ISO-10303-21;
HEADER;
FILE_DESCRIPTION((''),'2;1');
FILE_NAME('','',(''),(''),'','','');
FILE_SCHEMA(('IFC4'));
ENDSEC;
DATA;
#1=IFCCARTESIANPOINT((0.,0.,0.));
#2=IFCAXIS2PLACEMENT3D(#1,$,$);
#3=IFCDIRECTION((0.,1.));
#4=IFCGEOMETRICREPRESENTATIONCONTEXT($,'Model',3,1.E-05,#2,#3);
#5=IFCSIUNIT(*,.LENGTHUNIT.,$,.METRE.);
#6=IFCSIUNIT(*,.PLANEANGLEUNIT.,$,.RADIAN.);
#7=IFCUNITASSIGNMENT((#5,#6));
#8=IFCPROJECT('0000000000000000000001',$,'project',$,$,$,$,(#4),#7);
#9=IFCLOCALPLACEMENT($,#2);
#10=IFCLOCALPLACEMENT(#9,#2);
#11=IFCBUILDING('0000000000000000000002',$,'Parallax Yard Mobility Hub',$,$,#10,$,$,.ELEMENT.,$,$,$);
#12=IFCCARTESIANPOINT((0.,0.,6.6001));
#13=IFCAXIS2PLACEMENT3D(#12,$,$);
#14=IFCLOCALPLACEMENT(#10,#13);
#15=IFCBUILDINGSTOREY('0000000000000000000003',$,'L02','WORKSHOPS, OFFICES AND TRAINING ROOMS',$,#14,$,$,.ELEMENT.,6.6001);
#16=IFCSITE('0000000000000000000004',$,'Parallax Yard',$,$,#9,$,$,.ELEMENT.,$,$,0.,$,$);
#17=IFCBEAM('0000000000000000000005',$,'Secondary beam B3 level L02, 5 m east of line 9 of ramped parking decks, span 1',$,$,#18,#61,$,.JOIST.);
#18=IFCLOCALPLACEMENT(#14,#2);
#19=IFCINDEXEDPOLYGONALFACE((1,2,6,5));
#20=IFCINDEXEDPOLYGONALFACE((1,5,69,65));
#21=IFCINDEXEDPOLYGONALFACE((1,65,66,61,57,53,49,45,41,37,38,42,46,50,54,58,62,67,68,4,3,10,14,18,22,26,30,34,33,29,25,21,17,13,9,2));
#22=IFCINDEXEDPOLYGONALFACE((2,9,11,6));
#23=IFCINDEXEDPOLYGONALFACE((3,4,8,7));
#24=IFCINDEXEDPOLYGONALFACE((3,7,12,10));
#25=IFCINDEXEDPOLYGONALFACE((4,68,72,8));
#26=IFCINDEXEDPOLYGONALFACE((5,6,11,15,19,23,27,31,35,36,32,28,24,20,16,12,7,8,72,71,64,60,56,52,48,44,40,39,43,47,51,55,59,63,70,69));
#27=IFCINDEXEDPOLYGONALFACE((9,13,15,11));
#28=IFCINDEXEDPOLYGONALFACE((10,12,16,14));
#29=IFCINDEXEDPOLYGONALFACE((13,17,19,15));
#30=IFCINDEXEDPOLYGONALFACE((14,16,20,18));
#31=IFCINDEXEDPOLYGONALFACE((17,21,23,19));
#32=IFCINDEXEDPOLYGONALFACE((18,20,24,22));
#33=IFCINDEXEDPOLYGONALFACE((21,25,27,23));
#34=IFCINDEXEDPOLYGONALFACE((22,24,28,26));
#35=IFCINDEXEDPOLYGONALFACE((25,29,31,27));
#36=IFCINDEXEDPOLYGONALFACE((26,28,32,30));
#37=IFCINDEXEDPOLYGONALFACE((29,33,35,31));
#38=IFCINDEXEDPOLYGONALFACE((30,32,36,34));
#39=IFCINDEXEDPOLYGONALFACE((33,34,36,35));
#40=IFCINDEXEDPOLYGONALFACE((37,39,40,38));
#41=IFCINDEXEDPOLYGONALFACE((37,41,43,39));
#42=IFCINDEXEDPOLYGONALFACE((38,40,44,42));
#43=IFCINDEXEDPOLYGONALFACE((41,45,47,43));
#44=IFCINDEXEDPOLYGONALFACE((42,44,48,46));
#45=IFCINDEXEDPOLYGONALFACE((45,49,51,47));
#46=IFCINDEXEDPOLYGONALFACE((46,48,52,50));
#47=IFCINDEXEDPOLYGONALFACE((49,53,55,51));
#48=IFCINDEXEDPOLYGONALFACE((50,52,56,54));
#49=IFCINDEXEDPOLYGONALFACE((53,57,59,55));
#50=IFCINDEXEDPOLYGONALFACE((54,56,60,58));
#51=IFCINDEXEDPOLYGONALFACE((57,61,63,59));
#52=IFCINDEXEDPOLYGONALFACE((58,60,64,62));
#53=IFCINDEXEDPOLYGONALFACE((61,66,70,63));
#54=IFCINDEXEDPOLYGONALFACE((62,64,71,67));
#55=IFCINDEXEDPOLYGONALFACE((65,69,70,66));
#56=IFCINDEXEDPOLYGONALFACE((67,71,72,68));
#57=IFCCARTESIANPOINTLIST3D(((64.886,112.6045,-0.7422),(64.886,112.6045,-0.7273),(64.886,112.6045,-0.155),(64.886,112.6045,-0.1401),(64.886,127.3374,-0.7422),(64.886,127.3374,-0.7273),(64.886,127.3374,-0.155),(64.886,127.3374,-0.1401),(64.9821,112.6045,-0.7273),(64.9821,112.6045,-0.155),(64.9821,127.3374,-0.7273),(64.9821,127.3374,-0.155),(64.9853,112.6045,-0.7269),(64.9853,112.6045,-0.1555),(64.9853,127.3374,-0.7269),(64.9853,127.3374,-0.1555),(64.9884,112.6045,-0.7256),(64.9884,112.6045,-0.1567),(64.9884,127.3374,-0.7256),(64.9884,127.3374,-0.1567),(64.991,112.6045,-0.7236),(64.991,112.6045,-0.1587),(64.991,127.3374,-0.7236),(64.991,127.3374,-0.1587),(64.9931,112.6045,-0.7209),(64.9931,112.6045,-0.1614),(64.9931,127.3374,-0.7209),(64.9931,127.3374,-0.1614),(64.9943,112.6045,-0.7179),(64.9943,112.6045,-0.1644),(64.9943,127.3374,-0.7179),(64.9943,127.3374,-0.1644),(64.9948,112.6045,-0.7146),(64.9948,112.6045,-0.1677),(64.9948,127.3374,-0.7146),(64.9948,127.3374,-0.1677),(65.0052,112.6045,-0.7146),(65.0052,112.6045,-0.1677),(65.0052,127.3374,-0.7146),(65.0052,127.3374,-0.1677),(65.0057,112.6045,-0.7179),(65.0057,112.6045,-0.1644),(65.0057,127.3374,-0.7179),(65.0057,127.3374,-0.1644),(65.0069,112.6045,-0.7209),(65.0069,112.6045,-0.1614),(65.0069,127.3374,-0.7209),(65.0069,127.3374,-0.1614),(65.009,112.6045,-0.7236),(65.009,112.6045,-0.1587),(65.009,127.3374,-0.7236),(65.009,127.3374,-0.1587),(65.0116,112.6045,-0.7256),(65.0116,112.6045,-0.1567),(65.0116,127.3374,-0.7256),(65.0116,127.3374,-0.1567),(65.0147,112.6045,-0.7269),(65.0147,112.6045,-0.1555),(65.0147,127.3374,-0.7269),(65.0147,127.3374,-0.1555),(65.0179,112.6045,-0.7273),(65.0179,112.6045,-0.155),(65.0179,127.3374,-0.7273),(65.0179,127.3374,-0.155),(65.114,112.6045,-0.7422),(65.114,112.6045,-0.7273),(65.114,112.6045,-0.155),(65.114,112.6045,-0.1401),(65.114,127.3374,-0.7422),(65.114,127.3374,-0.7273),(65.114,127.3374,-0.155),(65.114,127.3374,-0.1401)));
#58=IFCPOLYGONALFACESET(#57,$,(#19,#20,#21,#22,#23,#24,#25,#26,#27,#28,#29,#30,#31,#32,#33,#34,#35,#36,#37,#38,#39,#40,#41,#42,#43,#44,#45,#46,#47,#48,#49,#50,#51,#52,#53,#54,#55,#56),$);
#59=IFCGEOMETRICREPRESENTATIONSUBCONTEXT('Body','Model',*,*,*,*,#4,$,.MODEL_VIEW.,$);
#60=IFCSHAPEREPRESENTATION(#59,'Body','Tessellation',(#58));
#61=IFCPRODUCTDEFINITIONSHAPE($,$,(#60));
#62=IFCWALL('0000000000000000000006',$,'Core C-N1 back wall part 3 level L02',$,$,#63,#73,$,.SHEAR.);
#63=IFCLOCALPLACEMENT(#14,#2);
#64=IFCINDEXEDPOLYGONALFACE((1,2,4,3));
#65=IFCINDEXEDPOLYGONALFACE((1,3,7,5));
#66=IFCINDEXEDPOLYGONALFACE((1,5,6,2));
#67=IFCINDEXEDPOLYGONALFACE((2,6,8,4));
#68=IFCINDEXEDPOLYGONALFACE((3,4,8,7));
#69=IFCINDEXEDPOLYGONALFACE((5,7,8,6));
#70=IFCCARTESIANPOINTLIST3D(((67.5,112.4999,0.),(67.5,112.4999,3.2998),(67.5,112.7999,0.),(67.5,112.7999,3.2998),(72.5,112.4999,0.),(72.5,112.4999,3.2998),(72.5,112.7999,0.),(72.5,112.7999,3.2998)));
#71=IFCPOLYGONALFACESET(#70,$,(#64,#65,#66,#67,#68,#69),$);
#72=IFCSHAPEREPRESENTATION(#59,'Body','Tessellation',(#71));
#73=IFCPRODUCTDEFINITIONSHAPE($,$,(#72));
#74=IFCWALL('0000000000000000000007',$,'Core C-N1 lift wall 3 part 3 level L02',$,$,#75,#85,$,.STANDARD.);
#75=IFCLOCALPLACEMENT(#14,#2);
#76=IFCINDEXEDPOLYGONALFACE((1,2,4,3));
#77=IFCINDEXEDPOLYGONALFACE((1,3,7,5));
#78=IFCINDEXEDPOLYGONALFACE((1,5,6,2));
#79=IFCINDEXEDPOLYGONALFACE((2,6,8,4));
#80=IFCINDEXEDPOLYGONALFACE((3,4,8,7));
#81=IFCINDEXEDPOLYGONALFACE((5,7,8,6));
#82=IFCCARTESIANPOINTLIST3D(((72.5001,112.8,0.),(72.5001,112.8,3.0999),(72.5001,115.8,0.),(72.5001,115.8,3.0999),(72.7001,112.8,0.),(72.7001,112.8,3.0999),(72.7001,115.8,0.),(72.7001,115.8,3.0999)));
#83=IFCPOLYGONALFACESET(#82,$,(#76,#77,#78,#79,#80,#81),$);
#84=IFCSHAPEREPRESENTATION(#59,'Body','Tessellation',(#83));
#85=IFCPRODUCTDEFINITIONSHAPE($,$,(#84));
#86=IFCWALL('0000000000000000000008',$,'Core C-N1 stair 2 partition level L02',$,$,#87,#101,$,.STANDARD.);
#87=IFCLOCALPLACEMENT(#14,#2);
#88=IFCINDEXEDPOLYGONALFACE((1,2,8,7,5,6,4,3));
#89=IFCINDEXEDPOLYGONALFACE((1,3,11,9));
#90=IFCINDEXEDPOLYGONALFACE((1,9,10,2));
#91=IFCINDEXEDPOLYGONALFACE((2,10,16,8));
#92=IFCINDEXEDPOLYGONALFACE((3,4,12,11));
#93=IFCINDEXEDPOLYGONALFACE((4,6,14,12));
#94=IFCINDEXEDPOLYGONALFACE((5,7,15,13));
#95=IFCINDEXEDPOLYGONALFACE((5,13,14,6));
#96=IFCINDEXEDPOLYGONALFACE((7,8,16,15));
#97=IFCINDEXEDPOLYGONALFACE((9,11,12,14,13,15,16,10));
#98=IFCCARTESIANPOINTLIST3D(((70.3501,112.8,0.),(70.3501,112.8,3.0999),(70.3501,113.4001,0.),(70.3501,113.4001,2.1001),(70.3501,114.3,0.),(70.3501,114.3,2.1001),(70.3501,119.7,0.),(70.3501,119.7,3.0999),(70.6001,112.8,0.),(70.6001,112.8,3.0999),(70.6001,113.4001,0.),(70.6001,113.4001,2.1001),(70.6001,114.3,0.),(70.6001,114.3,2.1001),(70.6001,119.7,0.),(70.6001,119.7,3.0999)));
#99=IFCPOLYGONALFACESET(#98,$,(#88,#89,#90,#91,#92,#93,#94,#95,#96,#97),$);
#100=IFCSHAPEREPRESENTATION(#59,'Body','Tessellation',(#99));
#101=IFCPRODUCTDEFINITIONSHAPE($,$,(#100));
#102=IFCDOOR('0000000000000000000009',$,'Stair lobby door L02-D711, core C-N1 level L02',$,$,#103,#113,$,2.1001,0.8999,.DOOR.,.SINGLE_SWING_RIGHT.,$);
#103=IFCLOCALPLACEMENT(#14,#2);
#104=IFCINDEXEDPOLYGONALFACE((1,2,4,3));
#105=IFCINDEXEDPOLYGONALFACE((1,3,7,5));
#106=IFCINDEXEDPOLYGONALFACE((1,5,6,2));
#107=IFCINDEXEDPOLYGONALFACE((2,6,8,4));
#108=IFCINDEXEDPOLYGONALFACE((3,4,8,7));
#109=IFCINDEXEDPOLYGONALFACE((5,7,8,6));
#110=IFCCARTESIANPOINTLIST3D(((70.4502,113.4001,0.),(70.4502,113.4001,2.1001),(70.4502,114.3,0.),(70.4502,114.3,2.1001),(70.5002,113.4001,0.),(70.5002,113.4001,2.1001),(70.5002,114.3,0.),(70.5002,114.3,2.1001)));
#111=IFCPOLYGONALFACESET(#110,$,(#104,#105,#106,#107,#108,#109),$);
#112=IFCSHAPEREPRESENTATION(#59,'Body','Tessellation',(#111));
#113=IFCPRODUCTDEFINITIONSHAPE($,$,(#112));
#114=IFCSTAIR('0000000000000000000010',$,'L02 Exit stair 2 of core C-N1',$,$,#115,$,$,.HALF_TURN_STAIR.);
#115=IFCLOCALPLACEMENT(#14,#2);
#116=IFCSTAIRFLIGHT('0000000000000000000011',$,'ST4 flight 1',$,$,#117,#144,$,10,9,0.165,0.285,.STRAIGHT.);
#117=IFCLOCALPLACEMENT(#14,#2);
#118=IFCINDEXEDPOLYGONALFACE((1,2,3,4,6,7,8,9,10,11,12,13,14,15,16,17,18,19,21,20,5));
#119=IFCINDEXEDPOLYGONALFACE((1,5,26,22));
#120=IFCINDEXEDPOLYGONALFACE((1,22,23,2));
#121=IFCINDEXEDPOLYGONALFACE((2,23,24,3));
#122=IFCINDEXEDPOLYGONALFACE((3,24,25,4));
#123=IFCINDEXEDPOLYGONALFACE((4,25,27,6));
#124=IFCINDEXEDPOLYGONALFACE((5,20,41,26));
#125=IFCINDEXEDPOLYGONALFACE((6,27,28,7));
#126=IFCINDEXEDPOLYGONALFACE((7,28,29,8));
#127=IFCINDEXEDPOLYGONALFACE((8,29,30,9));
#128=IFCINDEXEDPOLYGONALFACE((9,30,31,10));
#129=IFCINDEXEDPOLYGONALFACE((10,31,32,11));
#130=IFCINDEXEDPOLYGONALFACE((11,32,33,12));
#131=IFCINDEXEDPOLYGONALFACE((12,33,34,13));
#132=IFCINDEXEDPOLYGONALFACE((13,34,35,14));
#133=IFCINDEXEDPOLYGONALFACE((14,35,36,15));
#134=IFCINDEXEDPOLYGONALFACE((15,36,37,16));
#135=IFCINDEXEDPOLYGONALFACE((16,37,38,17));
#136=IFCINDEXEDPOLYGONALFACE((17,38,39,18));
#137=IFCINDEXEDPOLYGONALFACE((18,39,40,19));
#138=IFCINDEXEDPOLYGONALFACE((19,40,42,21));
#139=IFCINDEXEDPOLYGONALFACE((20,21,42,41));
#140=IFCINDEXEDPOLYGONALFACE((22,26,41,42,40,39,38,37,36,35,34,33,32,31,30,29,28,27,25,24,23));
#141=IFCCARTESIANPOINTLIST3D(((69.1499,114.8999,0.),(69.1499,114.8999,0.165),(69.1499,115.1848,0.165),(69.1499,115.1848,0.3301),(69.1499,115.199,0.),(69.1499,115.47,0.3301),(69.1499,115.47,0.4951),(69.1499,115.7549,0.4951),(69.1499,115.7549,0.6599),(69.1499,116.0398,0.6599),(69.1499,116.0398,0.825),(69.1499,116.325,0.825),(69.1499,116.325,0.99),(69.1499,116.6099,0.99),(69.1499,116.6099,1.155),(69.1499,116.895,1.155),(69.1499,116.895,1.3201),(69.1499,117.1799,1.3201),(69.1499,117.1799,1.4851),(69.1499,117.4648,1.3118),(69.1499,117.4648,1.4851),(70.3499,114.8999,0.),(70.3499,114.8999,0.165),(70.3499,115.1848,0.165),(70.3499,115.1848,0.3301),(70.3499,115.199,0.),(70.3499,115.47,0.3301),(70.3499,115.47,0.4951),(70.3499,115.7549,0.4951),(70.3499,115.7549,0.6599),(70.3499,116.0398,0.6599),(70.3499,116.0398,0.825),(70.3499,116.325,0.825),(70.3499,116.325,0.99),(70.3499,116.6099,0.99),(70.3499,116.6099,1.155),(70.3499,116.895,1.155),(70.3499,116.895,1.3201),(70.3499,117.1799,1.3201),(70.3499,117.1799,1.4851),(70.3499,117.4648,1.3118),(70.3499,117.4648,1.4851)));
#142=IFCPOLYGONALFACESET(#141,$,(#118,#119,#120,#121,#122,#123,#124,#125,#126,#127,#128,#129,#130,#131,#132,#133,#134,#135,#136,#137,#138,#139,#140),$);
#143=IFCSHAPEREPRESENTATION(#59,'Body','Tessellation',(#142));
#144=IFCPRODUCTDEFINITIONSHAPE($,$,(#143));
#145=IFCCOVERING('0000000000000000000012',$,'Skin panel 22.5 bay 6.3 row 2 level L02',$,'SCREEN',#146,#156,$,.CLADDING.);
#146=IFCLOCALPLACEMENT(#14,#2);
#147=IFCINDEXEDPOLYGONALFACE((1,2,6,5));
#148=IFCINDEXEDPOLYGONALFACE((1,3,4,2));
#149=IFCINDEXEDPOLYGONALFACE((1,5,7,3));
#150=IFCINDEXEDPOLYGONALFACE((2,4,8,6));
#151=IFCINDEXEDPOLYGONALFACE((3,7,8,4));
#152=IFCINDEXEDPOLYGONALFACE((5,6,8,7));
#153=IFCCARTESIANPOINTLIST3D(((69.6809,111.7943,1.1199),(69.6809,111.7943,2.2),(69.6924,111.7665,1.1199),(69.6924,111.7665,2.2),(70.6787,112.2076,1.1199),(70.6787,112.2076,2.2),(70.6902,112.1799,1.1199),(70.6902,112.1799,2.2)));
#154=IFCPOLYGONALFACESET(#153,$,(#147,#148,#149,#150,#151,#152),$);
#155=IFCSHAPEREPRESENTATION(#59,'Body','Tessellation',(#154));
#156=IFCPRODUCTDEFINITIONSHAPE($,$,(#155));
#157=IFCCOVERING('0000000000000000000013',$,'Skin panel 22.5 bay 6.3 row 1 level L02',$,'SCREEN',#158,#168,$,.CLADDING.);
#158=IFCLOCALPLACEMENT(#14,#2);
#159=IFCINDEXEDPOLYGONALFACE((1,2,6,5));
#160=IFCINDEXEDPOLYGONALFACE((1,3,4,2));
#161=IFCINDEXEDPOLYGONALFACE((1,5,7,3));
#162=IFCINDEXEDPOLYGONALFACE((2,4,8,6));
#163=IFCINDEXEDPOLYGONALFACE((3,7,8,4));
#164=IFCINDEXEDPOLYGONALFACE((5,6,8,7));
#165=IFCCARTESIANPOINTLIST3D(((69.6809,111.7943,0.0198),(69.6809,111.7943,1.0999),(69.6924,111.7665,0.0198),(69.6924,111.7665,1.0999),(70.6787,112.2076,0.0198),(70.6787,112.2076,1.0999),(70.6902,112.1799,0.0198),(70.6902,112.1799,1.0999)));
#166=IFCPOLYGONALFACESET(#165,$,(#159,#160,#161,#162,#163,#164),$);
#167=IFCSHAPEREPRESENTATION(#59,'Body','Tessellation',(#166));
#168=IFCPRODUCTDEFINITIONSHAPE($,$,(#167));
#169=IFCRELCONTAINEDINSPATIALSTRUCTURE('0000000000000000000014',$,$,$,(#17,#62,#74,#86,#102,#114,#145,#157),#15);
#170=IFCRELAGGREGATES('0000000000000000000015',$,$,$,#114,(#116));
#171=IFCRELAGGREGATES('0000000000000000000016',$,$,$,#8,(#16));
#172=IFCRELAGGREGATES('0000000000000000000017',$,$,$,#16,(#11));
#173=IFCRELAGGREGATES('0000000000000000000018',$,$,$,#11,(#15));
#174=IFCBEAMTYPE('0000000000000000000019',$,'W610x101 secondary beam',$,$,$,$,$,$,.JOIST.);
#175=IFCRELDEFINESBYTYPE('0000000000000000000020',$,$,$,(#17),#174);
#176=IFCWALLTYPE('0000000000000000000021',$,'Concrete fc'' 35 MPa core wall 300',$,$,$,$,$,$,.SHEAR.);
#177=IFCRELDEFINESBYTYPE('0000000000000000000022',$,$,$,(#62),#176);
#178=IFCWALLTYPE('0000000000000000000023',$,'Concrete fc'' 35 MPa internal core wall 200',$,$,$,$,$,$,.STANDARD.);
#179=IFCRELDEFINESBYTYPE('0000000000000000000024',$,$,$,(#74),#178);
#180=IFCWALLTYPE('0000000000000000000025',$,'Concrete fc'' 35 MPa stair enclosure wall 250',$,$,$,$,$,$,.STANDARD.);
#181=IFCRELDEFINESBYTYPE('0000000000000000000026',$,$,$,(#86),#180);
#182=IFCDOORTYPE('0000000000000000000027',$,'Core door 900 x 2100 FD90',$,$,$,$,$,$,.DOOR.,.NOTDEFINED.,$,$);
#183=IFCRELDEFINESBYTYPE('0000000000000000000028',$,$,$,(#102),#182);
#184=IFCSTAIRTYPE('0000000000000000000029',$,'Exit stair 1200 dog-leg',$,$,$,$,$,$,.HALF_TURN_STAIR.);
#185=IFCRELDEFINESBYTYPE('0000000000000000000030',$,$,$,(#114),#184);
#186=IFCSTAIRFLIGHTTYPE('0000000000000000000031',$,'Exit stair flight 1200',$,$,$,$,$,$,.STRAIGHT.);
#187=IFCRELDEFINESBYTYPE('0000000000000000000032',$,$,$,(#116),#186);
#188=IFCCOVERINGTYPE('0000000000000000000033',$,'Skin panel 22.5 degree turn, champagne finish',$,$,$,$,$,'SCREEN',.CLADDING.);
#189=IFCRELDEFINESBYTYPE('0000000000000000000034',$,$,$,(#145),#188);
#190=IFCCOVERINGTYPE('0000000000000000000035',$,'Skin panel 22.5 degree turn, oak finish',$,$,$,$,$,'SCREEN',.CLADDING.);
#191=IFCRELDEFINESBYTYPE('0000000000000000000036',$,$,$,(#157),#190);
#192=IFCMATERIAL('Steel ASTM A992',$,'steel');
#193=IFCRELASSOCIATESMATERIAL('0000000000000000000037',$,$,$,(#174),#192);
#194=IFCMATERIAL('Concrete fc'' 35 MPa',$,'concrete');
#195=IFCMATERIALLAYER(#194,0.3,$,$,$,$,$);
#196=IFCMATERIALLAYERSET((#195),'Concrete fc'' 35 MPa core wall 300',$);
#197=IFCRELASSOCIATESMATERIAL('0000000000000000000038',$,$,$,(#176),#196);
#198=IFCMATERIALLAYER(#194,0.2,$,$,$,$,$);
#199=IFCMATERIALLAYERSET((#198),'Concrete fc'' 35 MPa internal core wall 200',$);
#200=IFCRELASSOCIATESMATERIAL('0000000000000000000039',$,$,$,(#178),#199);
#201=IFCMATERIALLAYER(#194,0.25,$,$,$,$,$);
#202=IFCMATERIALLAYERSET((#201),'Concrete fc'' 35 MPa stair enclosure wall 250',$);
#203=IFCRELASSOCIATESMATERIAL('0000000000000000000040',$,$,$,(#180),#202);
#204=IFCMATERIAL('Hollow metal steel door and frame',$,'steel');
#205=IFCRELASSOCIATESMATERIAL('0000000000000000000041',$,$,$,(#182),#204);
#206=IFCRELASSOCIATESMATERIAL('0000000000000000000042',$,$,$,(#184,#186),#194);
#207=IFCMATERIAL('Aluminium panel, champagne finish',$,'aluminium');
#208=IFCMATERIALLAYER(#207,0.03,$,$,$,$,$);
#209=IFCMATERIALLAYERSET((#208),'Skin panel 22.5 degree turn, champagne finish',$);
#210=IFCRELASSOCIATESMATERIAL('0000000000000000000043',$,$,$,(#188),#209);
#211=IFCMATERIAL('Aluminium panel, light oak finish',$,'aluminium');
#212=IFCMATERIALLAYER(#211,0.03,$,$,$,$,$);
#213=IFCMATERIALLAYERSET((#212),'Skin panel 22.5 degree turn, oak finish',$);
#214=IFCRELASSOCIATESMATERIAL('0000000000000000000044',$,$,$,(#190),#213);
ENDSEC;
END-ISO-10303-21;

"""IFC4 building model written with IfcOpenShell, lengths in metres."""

from ifc_helpers import new_model, si_unit, direction, frame, frame_2d, origin, origin_2d, place, context, subcontext, project, spatial, polyline, rectangle, i_section, outline, extrude, material, layer, layer_set, material_profile, profile_set, type_object, element, fill, aggregate, save


model = new_model("IFC4")

# Units and contexts
model_context = context("Model", 3, precision=1e-05, world=origin(), true_north=direction((0.0, 1.0)))
body_context = subcontext(model_context, "Body", "Model", "MODEL_VIEW")
ifc_project = project(units=[si_unit("LENGTHUNIT", "METRE"), si_unit("PLANEANGLEUNIT", "RADIAN")], contexts=[model_context])

# Site, building, storey
site_placement = place(None, origin())
site = spatial("IfcSite", under=ifc_project, at=site_placement, Name="Parallax Yard", CompositionType="ELEMENT", RefElevation=0.0)
building_placement = place(site_placement, origin())
building = spatial("IfcBuilding", under=site, at=building_placement, Name="Parallax Yard Mobility Hub", CompositionType="ELEMENT")
storey_placement = place(building_placement, frame((0.0, 0.0, 6.6001)))
storey = spatial("IfcBuildingStorey", under=building, at=storey_placement, Name="L02", Description="WORKSHOPS, OFFICES AND TRAINING ROOMS", CompositionType="ELEMENT", Elevation=6.6001)

# Beam
ifc_material_1 = material(Name="Steel ASTM A992", Category="steel")
ifc_material_profile_1 = material_profile(ifc_material_1, i_section(OverallWidth=0.228, OverallDepth=0.6021, WebThickness=0.0105, FlangeThickness=0.0149, FilletRadius=0.0127, at=origin_2d()), Name="W610x101")
ifc_profile_set_1 = profile_set([ifc_material_profile_1], Name="Steel ASTM A992")
beam_type = type_object("IfcBeamType", Name="W610x101 secondary beam", PredefinedType="JOIST", material=ifc_profile_set_1)
beam_placement = place(storey_placement, frame((65.0, 112.6045, -0.4412), z_axis=(0.0, 1.0, 0.0), x_axis=(-1.0, 0.0, 0.0)))
element("IfcBeam", 1, at=beam_placement, inside=storey, type_object=beam_type, Name="Secondary beam B3 level L02, 5 m east of line 9 of ramped parking decks, span 1", PredefinedType="JOIST", context=body_context, shape_type="SweptSolid", body=[
    extrude(i_section(OverallWidth=0.228, OverallDepth=0.6021, WebThickness=0.0105, FlangeThickness=0.0149, FilletRadius=0.0127, at=origin_2d()), origin(), (0.0, 0.0, 1.0), 14.7329),
])

# Walls
ifc_material_2 = material(Name="Concrete fc' 35 MPa", Category="concrete")
ifc_layer_1 = layer(ifc_material_2, 0.3)
ifc_layer_set_1 = layer_set([ifc_layer_1], Name="Concrete fc' 35 MPa core wall 300")
wall_type_1 = type_object("IfcWallType", Name="Concrete fc' 35 MPa core wall 300", PredefinedType="SHEAR", material=ifc_layer_set_1)
wall_1_placement = place(storey_placement, frame((72.5, 112.6499, 0.0), z_axis=(0.0, 0.0, 1.0), x_axis=(-1.0, 0.0, 0.0)))
element("IfcWall", 2, at=wall_1_placement, inside=storey, type_object=wall_type_1, Name="Core C-N1 back wall part 3 level L02", PredefinedType="SHEAR", context=body_context, shape_type="SweptSolid", body=[
    extrude(rectangle(XDim=5.0, YDim=0.3, at=frame_2d((2.5, 0.0))), origin(), (0.0, 0.0, 1.0), 3.2998),
])
ifc_layer_2 = layer(ifc_material_2, 0.2)
ifc_layer_set_2 = layer_set([ifc_layer_2], Name="Concrete fc' 35 MPa internal core wall 200")
wall_type_2 = type_object("IfcWallType", Name="Concrete fc' 35 MPa internal core wall 200", PredefinedType="STANDARD", material=ifc_layer_set_2)
wall_2_placement = place(storey_placement, frame((72.6001, 115.8, 0.0), z_axis=(0.0, 0.0, 1.0), x_axis=(0.0, -1.0, 0.0)))
element("IfcWall", 3, at=wall_2_placement, inside=storey, type_object=wall_type_2, Name="Core C-N1 lift wall 3 part 3 level L02", PredefinedType="STANDARD", context=body_context, shape_type="SweptSolid", body=[
    extrude(rectangle(XDim=3.0, YDim=0.2, at=frame_2d((1.5, 0.0))), origin(), (0.0, 0.0, 1.0), 3.0999),
])

# Wall, opening, door
ifc_layer_3 = layer(ifc_material_2, 0.25)
ifc_layer_set_3 = layer_set([ifc_layer_3], Name="Concrete fc' 35 MPa stair enclosure wall 250")
wall_type_3 = type_object("IfcWallType", Name="Concrete fc' 35 MPa stair enclosure wall 250", PredefinedType="STANDARD", material=ifc_layer_set_3)
wall_3_placement = place(storey_placement, frame((70.4751, 112.8, 0.0), z_axis=(0.0, 0.0, 1.0), x_axis=(0.0, 1.0, 0.0)))
wall_3 = element("IfcWall", 4, at=wall_3_placement, inside=storey, type_object=wall_type_3, Name="Core C-N1 stair 2 partition level L02", PredefinedType="STANDARD", context=body_context, shape_type="SweptSolid", body=[
    extrude(rectangle(XDim=6.8999, YDim=0.25, at=frame_2d((3.45, 0.0))), origin(), (0.0, 0.0, 1.0), 3.0999),
])
opening_placement = place(wall_3_placement, frame((0.6001, 0.0, 0.0)))
opening = element("IfcOpeningElement", 5, at=opening_placement, cuts=wall_3, PredefinedType="OPENING", context=body_context, shape_type="SweptSolid", body=[
    extrude(rectangle(XDim=0.8999, YDim=2.1001, at=frame_2d((0.45, 1.05))), frame((0.0, 0.135, 0.0), z_axis=(0.0, -1.0, 0.0), x_axis=(1.0, 0.0, 0.0)), (0.0, 0.0, 1.0), 0.27),
])
ifc_material_3 = material(Name="Hollow metal steel door and frame", Category="steel")
door_type = type_object("IfcDoorType", Name="Core door 900 x 2100 FD90", OperationType="NOTDEFINED", PredefinedType="DOOR", material=ifc_material_3)
door_placement = place(opening_placement, origin())
door = element("IfcDoor", 6, at=door_placement, inside=storey, type_object=door_type, Name="Stair lobby door L02-D711, core C-N1 level L02", OperationType="SINGLE_SWING_RIGHT", OverallHeight=2.1001, OverallWidth=0.8999, PredefinedType="DOOR", context=body_context, shape_type="SweptSolid", body=[
    extrude(rectangle(XDim=0.8999, YDim=2.1001, at=frame_2d((0.45, 1.05))), frame((0.0, 0.0249, 0.0), z_axis=(0.0, -1.0, 0.0), x_axis=(1.0, 0.0, 0.0)), (0.0, 0.0, 1.0), 0.05),
])
fill(opening, door)

# Stair, stair flight
stair_type = type_object("IfcStairType", Name="Exit stair 1200 dog-leg", PredefinedType="HALF_TURN_STAIR", material=ifc_material_2)
stair_placement = place(storey_placement, origin())
stair = element("IfcStair", 7, at=stair_placement, inside=storey, type_object=stair_type, Name="L02 Exit stair 2 of core C-N1", PredefinedType="HALF_TURN_STAIR")
stair_flight_type = type_object("IfcStairFlightType", Name="Exit stair flight 1200", PredefinedType="STRAIGHT", material=ifc_material_2)
stair_flight_placement = place(storey_placement, frame((69.75, 114.8999, 0.0), z_axis=(0.0, 0.0, 1.0), x_axis=(0.0, 1.0, 0.0)))
stair_flight = element("IfcStairFlight", 8, at=stair_flight_placement, type_object=stair_flight_type, Name="ST4 flight 1", NumberOfRisers=10, NumberOfTreads=9, PredefinedType="STRAIGHT", RiserHeight=0.165, TreadLength=0.285, context=body_context, shape_type="SweptSolid", body=[
    extrude(outline(polyline([(0.0, 0.0), (0.0, 0.165), (0.2849, 0.165), (0.2849, 0.3301), (0.5701, 0.3301), (0.5701, 0.4951), (0.855, 0.4951), (0.855, 0.6599), (1.1399, 0.6599), (1.1399, 0.825), (1.425, 0.825), (1.425, 0.99), (1.71, 0.99), (1.71, 1.155), (1.9951, 1.155), (1.9951, 1.3201), (2.28, 1.3201), (2.28, 1.4851), (2.5649, 1.4851), (2.5649, 1.6499), (2.5649, 1.3118), (0.2991, 0.0), (0.0, 0.0)])), frame((0.0, 0.6001, 0.0), z_axis=(0.0, -1.0, 0.0), x_axis=(1.0, 0.0, 0.0)), (0.0, 0.0, 1.0), 1.2),
])
aggregate(stair, [stair_flight])

# Coverings
ifc_material_4 = material(Name="Aluminium panel, champagne finish", Category="aluminium")
ifc_layer_4 = layer(ifc_material_4, 0.03)
ifc_layer_set_4 = layer_set([ifc_layer_4], Name="Skin panel 22.5 degree turn, champagne finish")
covering_type_1 = type_object("IfcCoveringType", Name="Skin panel 22.5 degree turn, champagne finish", ElementType="SCREEN", PredefinedType="CLADDING", material=ifc_layer_set_4)
covering_1_placement = place(storey_placement, frame((70.1855, 111.9871, 1.1199), z_axis=(0.0, 0.0, 1.0), x_axis=(-0.92388, -0.382683, 0.0)))
element("IfcCovering", 9, at=covering_1_placement, inside=storey, type_object=covering_type_1, Name="Skin panel 22.5 bay 6.3 row 2 level L02", ObjectType="SCREEN", PredefinedType="CLADDING", context=body_context, shape_type="SweptSolid", body=[
    extrude(rectangle(XDim=1.0801, YDim=0.03, at=origin_2d()), origin(), (0.0, 0.0, 1.0), 1.0801),
])
ifc_material_5 = material(Name="Aluminium panel, light oak finish", Category="aluminium")
ifc_layer_5 = layer(ifc_material_5, 0.03)
ifc_layer_set_5 = layer_set([ifc_layer_5], Name="Skin panel 22.5 degree turn, oak finish")
covering_type_2 = type_object("IfcCoveringType", Name="Skin panel 22.5 degree turn, oak finish", ElementType="SCREEN", PredefinedType="CLADDING", material=ifc_layer_set_5)
covering_2_placement = place(storey_placement, frame((70.1855, 111.9871, 0.0198), z_axis=(0.0, 0.0, 1.0), x_axis=(-0.92388, -0.382683, 0.0)))
element("IfcCovering", 10, at=covering_2_placement, inside=storey, type_object=covering_type_2, Name="Skin panel 22.5 bay 6.3 row 1 level L02", ObjectType="SCREEN", PredefinedType="CLADDING", context=body_context, shape_type="SweptSolid", body=[
    extrude(rectangle(XDim=1.0801, YDim=0.03, at=origin_2d()), origin(), (0.0, 0.0, 1.0), 1.0801),
])

save(model, "model.ifc")
